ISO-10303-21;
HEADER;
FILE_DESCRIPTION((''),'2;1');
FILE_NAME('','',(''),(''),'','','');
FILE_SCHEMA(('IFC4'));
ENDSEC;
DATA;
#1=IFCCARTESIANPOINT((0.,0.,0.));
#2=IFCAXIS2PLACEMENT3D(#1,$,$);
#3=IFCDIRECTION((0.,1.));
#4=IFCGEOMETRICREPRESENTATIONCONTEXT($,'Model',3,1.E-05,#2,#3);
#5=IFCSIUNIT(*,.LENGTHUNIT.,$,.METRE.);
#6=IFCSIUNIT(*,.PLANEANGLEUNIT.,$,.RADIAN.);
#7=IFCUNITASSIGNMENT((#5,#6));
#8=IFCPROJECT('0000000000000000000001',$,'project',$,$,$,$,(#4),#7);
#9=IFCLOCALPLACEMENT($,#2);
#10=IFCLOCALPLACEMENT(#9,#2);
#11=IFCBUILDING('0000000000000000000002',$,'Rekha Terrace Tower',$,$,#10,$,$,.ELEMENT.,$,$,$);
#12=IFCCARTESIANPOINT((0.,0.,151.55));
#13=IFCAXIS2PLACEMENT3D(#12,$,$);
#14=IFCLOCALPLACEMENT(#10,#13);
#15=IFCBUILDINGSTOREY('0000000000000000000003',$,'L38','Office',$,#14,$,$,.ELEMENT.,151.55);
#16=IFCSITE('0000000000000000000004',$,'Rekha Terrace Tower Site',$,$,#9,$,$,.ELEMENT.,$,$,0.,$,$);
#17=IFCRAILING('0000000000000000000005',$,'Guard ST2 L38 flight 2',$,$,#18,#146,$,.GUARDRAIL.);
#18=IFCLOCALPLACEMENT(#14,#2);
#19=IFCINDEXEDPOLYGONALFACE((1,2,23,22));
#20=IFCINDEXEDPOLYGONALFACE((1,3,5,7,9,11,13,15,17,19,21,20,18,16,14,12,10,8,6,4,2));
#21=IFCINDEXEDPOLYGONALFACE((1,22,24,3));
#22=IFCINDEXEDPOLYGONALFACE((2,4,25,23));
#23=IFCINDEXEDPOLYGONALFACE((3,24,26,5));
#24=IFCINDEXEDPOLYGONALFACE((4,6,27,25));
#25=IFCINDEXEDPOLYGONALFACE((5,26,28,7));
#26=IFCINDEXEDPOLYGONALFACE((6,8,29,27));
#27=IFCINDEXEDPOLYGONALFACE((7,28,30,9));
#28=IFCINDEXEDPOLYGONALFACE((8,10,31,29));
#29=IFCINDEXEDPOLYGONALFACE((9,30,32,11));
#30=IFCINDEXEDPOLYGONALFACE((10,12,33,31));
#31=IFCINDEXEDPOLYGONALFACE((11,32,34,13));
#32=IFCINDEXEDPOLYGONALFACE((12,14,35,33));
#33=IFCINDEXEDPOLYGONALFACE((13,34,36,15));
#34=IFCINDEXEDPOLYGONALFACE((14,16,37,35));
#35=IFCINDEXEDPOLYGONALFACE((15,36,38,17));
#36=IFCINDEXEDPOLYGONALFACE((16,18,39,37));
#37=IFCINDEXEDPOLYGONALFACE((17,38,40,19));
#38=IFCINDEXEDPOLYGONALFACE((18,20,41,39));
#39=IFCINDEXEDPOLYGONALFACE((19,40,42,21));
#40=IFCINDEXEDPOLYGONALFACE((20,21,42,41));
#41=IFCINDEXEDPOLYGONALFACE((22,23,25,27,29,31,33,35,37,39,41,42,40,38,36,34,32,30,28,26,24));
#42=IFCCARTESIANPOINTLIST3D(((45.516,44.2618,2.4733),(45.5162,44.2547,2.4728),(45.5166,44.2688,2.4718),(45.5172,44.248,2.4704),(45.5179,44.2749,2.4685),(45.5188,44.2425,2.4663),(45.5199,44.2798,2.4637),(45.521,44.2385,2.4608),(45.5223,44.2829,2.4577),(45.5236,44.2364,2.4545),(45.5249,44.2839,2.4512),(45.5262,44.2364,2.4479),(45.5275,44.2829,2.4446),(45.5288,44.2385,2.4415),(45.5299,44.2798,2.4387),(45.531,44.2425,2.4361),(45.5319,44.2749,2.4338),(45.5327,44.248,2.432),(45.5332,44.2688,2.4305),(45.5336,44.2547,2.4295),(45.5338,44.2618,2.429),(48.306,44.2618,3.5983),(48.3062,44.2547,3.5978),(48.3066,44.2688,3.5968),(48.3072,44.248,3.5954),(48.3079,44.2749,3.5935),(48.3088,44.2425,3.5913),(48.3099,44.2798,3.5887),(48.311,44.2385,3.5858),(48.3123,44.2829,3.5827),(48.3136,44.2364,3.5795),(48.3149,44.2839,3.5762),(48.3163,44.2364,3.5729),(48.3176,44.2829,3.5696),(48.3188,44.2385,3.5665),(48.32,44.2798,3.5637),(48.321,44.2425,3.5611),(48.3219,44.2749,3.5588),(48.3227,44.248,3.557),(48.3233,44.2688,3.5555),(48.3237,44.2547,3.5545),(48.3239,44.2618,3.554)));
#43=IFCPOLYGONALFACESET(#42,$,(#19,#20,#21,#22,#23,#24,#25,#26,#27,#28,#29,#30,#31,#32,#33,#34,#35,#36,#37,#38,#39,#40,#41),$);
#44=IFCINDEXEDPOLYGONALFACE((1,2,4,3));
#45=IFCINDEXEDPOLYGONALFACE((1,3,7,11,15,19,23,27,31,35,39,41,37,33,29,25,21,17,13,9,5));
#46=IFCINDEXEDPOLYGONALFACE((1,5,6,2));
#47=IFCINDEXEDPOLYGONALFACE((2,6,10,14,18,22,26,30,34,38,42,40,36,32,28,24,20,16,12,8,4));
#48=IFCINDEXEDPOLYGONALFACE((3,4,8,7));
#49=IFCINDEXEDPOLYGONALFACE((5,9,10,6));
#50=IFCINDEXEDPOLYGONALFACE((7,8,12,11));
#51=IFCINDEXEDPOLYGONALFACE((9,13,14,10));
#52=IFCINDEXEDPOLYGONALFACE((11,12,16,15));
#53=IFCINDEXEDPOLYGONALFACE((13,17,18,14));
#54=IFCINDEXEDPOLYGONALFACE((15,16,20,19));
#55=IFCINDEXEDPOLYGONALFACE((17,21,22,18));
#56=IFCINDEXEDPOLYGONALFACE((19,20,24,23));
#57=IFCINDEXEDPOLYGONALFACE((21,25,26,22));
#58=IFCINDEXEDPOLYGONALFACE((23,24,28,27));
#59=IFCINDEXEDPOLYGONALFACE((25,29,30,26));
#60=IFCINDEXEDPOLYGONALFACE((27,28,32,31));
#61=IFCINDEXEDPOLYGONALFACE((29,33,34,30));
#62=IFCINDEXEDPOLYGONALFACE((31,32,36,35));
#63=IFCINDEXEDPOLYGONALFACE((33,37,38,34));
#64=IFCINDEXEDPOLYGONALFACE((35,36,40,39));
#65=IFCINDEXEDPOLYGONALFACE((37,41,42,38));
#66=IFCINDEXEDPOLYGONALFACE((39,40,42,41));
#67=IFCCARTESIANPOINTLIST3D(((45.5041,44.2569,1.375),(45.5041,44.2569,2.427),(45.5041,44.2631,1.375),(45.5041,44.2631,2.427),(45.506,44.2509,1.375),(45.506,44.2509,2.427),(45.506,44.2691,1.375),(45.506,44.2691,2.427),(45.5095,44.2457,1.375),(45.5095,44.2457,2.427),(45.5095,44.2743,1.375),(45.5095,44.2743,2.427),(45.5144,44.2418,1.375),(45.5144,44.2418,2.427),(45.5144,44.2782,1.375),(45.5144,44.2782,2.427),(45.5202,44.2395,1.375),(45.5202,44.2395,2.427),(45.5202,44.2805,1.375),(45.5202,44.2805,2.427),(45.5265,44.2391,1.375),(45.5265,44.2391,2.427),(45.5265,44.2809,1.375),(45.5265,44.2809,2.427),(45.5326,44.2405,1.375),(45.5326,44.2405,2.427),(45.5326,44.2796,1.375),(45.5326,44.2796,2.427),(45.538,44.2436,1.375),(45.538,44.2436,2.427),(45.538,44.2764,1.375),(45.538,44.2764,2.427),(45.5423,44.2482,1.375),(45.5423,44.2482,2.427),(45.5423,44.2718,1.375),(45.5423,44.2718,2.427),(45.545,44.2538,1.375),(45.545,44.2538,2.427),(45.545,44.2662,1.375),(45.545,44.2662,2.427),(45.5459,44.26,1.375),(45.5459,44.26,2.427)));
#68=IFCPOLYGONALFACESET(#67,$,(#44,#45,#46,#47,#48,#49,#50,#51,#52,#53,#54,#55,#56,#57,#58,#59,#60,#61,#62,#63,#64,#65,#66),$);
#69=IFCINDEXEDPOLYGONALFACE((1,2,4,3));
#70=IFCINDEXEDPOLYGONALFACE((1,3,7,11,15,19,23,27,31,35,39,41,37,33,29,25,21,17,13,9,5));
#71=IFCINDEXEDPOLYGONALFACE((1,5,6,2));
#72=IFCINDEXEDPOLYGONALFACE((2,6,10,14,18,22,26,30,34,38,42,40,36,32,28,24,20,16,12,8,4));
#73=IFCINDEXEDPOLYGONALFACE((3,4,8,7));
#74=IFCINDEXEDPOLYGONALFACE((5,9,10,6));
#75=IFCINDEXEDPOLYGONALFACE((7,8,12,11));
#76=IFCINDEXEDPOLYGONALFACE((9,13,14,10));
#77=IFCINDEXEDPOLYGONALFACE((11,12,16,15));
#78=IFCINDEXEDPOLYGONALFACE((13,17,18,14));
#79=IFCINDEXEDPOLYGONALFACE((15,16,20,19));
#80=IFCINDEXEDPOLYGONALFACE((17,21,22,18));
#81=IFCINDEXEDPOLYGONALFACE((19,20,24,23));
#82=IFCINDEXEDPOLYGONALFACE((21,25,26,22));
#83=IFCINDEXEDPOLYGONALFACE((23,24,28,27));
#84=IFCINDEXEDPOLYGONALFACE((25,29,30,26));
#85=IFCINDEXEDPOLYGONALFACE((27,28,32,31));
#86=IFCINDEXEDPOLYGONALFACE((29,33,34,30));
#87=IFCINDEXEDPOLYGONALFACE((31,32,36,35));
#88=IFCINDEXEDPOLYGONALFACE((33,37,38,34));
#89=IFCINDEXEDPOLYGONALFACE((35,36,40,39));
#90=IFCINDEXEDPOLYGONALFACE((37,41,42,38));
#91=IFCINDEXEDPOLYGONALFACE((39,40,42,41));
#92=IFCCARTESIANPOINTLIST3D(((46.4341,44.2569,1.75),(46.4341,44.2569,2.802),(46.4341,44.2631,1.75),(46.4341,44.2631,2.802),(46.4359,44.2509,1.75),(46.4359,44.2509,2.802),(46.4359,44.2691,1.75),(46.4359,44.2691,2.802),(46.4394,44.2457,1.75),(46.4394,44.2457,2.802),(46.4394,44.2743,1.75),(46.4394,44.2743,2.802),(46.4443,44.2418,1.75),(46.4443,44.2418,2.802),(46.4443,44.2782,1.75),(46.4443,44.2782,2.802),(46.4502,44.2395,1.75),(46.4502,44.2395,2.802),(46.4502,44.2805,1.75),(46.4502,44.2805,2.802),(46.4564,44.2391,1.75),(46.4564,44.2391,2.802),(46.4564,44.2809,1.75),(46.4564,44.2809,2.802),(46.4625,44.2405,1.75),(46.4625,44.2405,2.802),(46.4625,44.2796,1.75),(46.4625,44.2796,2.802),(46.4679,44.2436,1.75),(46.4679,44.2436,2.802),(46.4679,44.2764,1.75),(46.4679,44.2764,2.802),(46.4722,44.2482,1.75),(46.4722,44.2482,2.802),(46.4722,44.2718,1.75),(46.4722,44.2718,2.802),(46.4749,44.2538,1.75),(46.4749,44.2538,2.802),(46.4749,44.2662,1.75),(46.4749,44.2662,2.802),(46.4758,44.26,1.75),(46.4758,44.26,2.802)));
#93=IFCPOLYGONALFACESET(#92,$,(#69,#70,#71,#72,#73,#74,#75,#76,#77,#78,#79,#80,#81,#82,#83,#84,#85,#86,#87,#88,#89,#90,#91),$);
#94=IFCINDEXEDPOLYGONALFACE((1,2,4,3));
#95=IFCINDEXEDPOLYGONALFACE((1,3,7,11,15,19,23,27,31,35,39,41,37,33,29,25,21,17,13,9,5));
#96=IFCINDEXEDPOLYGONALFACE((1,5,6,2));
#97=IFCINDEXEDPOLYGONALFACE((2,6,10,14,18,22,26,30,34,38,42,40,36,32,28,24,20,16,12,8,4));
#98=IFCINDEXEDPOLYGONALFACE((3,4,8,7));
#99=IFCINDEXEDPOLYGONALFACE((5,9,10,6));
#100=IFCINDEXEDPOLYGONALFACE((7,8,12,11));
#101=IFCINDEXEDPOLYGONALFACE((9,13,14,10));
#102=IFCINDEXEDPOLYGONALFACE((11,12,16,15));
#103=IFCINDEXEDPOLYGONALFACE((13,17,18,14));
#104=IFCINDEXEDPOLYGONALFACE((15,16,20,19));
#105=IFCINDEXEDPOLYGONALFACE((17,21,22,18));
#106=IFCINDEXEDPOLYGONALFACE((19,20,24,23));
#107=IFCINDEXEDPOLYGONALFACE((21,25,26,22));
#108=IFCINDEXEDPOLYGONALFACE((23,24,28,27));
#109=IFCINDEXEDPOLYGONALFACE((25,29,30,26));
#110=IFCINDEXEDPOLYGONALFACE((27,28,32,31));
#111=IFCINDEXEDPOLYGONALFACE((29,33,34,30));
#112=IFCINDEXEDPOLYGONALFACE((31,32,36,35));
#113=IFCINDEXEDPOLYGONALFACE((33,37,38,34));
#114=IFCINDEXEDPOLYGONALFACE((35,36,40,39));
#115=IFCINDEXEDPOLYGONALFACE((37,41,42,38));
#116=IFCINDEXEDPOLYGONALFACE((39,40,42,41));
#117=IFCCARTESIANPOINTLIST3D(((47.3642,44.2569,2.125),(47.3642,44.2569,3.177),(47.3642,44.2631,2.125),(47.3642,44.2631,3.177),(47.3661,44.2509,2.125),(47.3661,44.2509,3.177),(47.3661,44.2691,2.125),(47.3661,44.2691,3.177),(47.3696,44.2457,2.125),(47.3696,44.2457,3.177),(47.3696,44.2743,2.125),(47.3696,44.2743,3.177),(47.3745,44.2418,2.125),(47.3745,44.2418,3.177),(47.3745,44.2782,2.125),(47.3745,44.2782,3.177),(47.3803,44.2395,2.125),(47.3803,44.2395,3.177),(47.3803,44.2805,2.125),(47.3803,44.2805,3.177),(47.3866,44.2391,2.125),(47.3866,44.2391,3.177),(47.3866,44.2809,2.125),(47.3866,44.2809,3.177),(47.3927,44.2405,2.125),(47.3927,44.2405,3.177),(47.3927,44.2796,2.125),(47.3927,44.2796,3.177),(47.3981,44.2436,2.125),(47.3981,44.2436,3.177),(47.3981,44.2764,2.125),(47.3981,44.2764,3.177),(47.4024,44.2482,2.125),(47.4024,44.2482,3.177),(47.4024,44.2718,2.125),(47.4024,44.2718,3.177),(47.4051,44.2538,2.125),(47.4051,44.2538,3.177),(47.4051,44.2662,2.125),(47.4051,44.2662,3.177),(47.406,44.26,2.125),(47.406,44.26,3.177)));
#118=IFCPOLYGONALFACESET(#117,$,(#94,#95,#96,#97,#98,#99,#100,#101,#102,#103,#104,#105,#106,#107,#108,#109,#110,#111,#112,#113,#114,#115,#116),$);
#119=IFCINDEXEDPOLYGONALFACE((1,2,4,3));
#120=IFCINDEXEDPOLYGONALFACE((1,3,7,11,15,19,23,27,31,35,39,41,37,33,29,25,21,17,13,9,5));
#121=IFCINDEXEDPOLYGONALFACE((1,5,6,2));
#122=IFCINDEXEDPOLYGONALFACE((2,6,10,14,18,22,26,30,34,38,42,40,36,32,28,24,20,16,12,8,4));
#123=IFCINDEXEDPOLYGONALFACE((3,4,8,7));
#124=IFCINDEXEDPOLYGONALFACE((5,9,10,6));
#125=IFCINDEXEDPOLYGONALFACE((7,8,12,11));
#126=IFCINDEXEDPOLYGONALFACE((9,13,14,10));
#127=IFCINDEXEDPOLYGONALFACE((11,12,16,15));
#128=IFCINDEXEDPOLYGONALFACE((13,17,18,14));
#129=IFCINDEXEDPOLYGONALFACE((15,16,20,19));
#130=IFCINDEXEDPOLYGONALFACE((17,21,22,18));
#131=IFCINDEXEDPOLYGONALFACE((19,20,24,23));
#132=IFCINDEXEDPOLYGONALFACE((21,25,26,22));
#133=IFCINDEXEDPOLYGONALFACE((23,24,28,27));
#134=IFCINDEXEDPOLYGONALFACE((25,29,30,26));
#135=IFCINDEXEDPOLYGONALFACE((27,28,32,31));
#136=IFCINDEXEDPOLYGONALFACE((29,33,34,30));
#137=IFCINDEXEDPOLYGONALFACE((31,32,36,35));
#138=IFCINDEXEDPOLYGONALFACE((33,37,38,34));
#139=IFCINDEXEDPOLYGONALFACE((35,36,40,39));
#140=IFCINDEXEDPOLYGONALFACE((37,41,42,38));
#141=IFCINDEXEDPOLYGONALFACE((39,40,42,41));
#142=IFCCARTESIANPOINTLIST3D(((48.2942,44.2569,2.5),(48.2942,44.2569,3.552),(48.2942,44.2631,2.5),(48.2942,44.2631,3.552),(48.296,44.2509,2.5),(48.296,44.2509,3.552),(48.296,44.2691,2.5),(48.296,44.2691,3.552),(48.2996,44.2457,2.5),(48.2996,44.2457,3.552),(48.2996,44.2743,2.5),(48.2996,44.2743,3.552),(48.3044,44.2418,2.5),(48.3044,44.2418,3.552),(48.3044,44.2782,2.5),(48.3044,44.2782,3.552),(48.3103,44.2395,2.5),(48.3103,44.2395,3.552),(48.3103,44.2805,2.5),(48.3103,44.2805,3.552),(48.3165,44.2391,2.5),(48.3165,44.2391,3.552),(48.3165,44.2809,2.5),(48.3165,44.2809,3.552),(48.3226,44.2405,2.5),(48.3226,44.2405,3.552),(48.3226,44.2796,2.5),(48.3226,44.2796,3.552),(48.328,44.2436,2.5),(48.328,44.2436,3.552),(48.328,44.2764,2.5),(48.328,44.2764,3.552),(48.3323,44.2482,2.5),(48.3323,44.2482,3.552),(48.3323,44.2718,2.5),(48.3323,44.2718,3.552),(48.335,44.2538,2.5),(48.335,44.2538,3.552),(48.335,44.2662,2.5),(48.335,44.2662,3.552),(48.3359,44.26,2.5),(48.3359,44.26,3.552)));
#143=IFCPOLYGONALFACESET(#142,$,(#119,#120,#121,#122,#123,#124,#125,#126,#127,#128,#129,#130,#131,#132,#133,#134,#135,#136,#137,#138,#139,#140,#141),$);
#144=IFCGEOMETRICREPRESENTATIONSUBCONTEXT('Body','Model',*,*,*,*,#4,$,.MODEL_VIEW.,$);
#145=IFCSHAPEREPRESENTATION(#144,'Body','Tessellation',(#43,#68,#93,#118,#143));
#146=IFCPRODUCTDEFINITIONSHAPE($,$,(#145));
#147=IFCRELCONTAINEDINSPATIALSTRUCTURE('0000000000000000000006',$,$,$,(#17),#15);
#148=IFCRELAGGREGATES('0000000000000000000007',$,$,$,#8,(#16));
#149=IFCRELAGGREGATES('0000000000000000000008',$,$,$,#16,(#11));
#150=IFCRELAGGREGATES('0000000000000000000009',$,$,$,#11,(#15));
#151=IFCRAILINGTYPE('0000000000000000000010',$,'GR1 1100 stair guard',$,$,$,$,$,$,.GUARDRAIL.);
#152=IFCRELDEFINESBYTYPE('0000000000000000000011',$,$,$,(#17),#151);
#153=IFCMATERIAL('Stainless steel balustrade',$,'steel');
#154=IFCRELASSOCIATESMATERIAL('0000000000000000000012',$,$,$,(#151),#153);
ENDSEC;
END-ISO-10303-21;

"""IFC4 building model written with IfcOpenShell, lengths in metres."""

from ifc_helpers import new_model, si_unit, direction, frame, origin, origin_2d, place, context, subcontext, project, spatial, circle, extrude, material, type_object, element, save


model = new_model("IFC4")

# Units and contexts
model_context = context("Model", 3, precision=1e-05, world=origin(), true_north=direction((0.0, 1.0)))
body_context = subcontext(model_context, "Body", "Model", "MODEL_VIEW")
ifc_project = project(units=[si_unit("LENGTHUNIT", "METRE"), si_unit("PLANEANGLEUNIT", "RADIAN")], contexts=[model_context])

# Site, building, storey
site_placement = place(None, origin())
site = spatial("IfcSite", under=ifc_project, at=site_placement, Name="Rekha Terrace Tower Site", CompositionType="ELEMENT", RefElevation=0.0)
building_placement = place(site_placement, origin())
building = spatial("IfcBuilding", under=site, at=building_placement, Name="Rekha Terrace Tower", CompositionType="ELEMENT")
storey_placement = place(building_placement, frame((0.0, 0.0, 151.55)))
storey = spatial("IfcBuildingStorey", under=building, at=storey_placement, Name="L38", Description="Office", CompositionType="ELEMENT", Elevation=151.55)

# Railing
ifc_material_1 = material(Name="Stainless steel balustrade", Category="steel")
railing_type_1 = type_object("IfcRailingType", Name="GR1 1100 stair guard", PredefinedType="GUARDRAIL", material=ifc_material_1)
railing_1_placement = place(storey_placement, frame((45.5249, 44.26, 1.375)))
element("IfcRailing", 1, at=railing_1_placement, inside=storey, type_object=railing_type_1, Name="Guard ST2 L38 flight 2", PredefinedType="GUARDRAIL", context=body_context, shape_type="SweptSolid", body=[
    extrude(circle(Radius=0.0239, at=origin_2d()), frame((0.0, 0.0, 1.0762), z_axis=(0.927443, 0.0, 0.373964), x_axis=(0.0, 1.0, 0.0)), (0.0, 0.0, 1.0), 3.0083),
    extrude(circle(Radius=0.021, at=origin_2d()), origin(), (0.0, 0.0, 1.0), 1.052),
    extrude(circle(Radius=0.021, at=origin_2d()), frame((0.9299, 0.0, 0.375)), (0.0, 0.0, 1.0), 1.052),
    extrude(circle(Radius=0.021, at=origin_2d()), frame((1.8601, 0.0, 0.75)), (0.0, 0.0, 1.0), 1.052),
    extrude(circle(Radius=0.021, at=origin_2d()), frame((2.79, 0.0, 1.125)), (0.0, 0.0, 1.0), 1.052),
])

save(model, "model.ifc")
